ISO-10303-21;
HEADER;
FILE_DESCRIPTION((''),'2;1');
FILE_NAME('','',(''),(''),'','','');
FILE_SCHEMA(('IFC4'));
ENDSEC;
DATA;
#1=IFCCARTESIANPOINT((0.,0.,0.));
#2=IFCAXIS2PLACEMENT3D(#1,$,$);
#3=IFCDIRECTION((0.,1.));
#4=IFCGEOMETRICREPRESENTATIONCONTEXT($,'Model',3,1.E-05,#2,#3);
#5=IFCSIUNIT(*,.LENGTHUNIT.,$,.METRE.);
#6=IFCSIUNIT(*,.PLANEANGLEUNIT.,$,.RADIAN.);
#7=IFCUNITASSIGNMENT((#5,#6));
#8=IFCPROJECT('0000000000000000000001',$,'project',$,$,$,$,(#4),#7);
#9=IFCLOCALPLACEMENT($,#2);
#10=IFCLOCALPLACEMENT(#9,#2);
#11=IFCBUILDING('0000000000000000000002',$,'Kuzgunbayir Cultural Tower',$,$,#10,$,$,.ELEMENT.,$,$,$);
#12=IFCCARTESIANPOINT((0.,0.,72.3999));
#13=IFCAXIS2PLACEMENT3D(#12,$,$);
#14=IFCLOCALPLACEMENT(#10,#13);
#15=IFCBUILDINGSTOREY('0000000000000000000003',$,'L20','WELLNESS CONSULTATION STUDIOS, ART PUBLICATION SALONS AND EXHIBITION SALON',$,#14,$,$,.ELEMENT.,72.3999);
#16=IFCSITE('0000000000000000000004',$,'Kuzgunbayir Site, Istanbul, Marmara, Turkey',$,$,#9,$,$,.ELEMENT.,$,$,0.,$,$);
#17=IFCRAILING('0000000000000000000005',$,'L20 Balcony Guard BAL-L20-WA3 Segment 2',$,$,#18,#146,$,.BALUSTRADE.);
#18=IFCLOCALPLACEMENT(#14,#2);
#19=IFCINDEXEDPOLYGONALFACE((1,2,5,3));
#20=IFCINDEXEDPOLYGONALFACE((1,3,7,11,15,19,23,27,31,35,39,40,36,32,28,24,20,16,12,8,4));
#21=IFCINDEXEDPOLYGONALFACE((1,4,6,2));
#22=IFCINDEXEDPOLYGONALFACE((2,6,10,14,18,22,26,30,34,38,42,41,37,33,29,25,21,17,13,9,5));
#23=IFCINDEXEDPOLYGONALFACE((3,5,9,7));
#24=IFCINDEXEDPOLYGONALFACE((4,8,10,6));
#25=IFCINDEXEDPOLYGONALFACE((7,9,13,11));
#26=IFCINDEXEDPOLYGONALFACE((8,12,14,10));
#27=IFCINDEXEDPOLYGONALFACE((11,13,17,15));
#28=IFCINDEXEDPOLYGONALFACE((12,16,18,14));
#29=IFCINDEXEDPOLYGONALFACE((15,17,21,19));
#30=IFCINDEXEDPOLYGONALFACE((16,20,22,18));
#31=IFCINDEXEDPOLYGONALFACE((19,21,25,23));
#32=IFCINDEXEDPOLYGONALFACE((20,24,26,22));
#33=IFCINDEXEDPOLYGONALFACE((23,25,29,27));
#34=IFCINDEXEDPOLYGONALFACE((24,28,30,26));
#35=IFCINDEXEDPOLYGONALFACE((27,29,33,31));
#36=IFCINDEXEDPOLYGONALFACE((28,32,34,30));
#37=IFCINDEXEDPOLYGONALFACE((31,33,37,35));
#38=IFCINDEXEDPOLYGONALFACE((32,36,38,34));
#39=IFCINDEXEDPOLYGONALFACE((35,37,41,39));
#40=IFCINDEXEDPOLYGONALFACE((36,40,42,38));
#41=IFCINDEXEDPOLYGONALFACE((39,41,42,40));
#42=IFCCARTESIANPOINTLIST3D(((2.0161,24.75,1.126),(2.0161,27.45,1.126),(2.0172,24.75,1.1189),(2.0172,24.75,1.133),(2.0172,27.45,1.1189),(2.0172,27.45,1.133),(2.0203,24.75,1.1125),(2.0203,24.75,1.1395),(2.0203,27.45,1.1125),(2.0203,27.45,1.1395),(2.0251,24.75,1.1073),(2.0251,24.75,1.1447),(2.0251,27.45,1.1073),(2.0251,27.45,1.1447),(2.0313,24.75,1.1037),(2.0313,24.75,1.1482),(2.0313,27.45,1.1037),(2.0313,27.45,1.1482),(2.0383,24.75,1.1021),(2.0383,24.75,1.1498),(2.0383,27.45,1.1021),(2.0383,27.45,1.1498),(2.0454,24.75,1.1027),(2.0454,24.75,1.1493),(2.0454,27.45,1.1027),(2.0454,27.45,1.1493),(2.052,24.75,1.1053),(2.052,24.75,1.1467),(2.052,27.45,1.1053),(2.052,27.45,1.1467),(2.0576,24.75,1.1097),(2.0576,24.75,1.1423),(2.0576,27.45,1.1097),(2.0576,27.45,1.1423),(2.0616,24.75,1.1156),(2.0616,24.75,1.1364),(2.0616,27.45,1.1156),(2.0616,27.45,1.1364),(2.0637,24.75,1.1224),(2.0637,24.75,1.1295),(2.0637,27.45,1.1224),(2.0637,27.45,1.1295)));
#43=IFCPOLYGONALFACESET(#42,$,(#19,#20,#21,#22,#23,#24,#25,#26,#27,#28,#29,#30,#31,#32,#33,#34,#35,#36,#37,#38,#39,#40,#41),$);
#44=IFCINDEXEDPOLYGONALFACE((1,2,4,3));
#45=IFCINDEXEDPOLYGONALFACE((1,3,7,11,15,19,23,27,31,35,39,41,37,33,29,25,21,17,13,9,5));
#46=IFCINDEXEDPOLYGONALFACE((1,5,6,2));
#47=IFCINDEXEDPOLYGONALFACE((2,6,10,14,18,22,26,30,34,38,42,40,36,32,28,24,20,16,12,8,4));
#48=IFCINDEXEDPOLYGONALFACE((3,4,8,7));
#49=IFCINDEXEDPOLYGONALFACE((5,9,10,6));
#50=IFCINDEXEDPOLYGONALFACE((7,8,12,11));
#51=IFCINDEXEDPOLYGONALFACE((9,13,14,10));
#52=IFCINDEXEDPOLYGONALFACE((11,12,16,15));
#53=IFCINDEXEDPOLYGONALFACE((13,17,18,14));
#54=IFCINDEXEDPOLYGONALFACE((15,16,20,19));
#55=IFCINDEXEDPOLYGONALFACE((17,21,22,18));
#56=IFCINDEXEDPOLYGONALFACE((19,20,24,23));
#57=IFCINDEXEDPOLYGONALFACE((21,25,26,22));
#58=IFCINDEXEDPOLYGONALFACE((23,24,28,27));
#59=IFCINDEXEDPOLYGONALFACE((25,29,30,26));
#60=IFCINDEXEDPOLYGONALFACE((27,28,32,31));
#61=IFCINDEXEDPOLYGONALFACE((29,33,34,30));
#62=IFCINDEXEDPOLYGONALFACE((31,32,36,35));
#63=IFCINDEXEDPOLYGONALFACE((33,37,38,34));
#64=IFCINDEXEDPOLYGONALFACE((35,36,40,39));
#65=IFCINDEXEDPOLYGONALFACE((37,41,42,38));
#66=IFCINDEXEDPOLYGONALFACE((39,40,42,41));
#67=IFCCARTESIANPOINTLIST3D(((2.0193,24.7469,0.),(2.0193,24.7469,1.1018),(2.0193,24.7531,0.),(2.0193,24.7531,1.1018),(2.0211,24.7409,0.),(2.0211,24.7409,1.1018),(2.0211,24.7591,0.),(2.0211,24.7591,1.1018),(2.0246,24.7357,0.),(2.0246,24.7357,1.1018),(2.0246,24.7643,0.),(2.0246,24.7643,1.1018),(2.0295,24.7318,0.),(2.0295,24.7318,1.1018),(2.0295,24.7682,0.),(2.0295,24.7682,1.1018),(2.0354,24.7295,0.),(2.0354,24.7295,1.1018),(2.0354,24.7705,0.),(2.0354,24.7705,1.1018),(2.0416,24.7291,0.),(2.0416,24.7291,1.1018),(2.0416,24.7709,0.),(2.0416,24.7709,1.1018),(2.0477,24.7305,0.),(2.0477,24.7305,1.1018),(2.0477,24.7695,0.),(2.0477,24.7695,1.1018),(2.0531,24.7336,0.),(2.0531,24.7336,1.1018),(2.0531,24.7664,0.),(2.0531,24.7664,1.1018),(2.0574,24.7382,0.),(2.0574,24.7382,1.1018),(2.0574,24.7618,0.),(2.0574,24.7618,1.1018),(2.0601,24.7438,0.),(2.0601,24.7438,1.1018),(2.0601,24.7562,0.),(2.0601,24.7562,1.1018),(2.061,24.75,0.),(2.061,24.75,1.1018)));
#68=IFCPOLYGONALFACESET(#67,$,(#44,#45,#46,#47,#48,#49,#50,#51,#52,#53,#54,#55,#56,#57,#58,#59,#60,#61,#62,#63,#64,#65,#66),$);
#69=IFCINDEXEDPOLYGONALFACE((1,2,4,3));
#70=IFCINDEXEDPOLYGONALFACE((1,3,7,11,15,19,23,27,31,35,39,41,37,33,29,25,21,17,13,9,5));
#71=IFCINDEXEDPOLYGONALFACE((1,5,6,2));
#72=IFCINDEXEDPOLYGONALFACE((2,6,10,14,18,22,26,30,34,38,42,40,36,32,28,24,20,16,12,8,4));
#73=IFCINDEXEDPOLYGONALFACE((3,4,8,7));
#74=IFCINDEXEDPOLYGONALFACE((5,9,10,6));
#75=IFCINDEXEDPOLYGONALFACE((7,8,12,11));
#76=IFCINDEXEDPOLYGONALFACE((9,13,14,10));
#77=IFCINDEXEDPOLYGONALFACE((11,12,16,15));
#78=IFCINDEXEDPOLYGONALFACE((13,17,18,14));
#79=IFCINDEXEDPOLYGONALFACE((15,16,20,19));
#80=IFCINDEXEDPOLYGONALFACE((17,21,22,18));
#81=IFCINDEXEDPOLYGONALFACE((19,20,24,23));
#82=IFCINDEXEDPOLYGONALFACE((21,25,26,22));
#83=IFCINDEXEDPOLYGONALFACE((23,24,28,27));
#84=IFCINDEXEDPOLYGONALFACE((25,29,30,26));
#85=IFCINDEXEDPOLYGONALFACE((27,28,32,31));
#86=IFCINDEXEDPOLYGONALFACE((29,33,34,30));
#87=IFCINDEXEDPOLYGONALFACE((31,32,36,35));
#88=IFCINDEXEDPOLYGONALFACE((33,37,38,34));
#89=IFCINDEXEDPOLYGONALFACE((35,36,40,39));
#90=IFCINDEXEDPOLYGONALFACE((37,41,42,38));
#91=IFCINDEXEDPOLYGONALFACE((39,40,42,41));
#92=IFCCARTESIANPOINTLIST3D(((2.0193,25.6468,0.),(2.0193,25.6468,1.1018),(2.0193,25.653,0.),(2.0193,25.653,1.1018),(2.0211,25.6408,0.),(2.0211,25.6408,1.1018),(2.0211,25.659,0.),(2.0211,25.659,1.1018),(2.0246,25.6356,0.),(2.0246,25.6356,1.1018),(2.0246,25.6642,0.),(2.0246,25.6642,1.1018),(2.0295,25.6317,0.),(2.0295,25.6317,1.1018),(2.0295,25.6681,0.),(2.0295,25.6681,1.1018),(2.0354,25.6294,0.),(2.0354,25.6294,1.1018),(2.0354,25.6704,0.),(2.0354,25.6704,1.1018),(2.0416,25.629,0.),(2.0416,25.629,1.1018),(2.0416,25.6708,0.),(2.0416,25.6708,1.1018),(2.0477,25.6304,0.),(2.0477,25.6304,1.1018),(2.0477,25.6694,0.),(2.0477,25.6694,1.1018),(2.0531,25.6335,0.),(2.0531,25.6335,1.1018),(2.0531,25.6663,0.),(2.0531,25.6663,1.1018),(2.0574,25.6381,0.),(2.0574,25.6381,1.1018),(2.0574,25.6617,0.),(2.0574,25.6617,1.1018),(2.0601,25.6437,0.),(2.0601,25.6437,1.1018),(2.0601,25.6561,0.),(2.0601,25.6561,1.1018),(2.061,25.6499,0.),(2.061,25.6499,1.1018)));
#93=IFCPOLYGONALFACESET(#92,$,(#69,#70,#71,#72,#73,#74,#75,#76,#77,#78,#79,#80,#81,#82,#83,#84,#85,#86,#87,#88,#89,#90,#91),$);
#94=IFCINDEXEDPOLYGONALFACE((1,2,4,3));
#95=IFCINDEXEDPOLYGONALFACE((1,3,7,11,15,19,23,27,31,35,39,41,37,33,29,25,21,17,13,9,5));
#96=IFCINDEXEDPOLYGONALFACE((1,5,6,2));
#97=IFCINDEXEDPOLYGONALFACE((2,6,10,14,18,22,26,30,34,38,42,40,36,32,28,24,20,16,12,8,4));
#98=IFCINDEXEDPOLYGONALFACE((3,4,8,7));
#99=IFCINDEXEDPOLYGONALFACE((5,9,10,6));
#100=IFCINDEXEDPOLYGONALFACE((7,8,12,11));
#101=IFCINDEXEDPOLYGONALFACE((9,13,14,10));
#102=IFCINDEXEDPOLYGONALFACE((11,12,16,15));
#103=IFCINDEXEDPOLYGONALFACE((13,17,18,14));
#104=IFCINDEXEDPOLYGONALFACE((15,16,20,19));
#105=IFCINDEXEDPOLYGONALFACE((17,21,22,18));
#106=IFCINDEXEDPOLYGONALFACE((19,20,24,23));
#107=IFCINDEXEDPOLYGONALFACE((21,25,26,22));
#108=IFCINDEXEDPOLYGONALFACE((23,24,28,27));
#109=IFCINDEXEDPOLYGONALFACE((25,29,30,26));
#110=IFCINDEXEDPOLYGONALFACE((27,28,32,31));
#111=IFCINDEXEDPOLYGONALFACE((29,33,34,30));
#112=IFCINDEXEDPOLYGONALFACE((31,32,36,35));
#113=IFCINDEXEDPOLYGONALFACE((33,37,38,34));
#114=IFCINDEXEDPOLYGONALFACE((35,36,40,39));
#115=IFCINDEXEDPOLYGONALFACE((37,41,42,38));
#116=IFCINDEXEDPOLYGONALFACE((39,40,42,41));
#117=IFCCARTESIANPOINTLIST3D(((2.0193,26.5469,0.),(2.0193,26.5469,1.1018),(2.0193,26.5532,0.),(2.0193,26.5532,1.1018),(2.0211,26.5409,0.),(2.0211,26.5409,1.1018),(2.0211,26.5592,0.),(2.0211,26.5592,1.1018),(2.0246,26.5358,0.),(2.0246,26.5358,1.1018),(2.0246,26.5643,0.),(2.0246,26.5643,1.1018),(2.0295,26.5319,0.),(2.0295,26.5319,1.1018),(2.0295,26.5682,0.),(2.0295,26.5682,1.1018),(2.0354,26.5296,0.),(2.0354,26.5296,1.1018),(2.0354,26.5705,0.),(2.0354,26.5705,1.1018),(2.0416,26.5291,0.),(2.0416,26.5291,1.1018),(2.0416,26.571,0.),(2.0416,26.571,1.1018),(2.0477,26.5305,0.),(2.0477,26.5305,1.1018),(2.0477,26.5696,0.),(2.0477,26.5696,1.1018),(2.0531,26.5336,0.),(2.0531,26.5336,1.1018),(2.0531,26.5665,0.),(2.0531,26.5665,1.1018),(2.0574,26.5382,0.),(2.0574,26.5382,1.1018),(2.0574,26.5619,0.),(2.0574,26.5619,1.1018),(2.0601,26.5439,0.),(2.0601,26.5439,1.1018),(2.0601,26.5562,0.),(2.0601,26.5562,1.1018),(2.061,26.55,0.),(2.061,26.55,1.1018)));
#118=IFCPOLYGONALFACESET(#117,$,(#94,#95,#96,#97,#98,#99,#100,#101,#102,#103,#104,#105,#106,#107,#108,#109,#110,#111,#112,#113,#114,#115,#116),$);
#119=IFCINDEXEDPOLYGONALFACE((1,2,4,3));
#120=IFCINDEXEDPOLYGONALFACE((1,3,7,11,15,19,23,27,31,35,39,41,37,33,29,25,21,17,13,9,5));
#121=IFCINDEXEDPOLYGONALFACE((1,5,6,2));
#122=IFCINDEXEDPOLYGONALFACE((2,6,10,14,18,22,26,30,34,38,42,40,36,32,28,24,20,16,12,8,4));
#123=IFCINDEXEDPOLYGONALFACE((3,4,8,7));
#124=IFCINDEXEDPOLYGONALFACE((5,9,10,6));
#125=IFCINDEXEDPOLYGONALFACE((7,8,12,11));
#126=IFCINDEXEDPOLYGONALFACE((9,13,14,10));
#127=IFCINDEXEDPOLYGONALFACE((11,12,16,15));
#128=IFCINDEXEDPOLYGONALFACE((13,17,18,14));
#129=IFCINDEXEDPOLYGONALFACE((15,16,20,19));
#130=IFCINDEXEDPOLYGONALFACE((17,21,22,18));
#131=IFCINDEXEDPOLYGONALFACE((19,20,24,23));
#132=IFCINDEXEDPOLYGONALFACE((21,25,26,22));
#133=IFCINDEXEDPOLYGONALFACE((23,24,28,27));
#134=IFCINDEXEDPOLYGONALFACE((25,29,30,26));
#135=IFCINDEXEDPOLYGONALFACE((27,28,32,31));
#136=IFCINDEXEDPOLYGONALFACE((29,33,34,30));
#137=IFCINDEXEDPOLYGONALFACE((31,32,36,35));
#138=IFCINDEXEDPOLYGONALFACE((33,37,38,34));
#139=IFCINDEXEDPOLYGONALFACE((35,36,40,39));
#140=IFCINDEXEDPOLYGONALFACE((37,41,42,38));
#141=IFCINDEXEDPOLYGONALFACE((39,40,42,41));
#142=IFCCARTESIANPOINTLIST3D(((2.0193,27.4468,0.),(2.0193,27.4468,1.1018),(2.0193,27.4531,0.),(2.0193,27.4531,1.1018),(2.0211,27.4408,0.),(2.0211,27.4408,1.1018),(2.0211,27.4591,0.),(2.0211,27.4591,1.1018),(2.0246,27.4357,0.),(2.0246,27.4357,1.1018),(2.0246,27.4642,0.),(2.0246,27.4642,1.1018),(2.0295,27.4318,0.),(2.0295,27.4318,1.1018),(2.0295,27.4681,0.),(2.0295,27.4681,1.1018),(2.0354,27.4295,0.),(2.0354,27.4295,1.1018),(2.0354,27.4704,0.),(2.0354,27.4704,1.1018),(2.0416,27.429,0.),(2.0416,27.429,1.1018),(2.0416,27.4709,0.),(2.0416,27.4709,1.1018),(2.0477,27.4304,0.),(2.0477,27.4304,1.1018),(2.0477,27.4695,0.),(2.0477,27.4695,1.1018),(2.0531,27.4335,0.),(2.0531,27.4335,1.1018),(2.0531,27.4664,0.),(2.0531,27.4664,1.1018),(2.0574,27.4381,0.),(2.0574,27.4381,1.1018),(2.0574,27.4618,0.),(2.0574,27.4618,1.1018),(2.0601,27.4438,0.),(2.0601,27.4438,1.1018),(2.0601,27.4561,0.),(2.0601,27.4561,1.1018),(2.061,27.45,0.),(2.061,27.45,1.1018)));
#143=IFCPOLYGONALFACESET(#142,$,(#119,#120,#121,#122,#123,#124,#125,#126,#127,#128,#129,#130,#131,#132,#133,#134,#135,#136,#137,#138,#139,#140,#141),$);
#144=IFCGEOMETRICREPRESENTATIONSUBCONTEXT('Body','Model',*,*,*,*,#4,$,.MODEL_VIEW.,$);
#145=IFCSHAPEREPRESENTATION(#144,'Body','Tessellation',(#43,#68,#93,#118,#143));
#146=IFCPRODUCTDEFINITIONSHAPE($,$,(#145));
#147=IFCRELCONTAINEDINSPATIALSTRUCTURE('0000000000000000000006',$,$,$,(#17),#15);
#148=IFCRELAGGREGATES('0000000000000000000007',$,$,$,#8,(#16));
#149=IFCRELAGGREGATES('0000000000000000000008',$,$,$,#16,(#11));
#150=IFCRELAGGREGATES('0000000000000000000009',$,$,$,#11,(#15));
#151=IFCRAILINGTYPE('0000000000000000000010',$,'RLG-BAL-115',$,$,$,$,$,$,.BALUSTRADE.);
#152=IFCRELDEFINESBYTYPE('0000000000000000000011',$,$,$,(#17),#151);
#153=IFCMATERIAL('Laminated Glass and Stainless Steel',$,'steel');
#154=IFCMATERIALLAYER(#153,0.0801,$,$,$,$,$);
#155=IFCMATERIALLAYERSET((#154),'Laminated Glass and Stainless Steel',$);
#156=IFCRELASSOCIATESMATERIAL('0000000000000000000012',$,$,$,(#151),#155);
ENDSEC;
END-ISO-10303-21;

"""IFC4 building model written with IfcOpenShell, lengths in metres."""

from ifc_helpers import new_model, si_unit, direction, frame, origin, origin_2d, place, context, subcontext, project, spatial, circle, extrude, material, layer, layer_set, type_object, element, save


model = new_model("IFC4")

# Units and contexts
model_context = context("Model", 3, precision=1e-05, world=origin(), true_north=direction((0.0, 1.0)))
body_context = subcontext(model_context, "Body", "Model", "MODEL_VIEW")
ifc_project = project(units=[si_unit("LENGTHUNIT", "METRE"), si_unit("PLANEANGLEUNIT", "RADIAN")], contexts=[model_context])

# Site, building, storey
site_placement = place(None, origin())
site = spatial("IfcSite", under=ifc_project, at=site_placement, Name="Kuzgunbayir Site, Istanbul, Marmara, Turkey", CompositionType="ELEMENT", RefElevation=0.0)
building_placement = place(site_placement, origin())
building = spatial("IfcBuilding", under=site, at=building_placement, Name="Kuzgunbayir Cultural Tower", CompositionType="ELEMENT")
storey_placement = place(building_placement, frame((0.0, 0.0, 72.3999)))
storey = spatial("IfcBuildingStorey", under=building, at=storey_placement, Name="L20", Description="WELLNESS CONSULTATION STUDIOS, ART PUBLICATION SALONS AND EXHIBITION SALON", CompositionType="ELEMENT", Elevation=72.3999)

# Railing
ifc_material_1 = material(Name="Laminated Glass and Stainless Steel", Category="steel")
ifc_layer_1 = layer(ifc_material_1, 0.0801)
ifc_layer_set_1 = layer_set([ifc_layer_1], Name="Laminated Glass and Stainless Steel")
railing_type = type_object("IfcRailingType", Name="RLG-BAL-115", PredefinedType="BALUSTRADE", material=ifc_layer_set_1)
railing_1_placement = place(storey_placement, frame((2.04, 24.75, 0.0)))
element("IfcRailing", 1, at=railing_1_placement, inside=storey, type_object=railing_type, Name="L20 Balcony Guard BAL-L20-WA3 Segment 2", PredefinedType="BALUSTRADE", context=body_context, shape_type="SweptSolid", body=[
    extrude(circle(Radius=0.0239, at=origin_2d()), frame((0.0, 0.0, 1.126), z_axis=(0.0, 1.0, 0.0), x_axis=(-1.0, 0.0, 0.0)), (0.0, 0.0, 1.0), 2.7),
    extrude(circle(Radius=0.021, at=origin_2d()), origin(), (0.0, 0.0, 1.0), 1.1018),
    extrude(circle(Radius=0.021, at=origin_2d()), frame((0.0, 0.8999, 0.0)), (0.0, 0.0, 1.0), 1.1018),
    extrude(circle(Radius=0.021, at=origin_2d()), frame((0.0, 1.8, 0.0)), (0.0, 0.0, 1.0), 1.1018),
    extrude(circle(Radius=0.021, at=origin_2d()), frame((0.0, 2.7, 0.0)), (0.0, 0.0, 1.0), 1.1018),
])

save(model, "model.ifc")
